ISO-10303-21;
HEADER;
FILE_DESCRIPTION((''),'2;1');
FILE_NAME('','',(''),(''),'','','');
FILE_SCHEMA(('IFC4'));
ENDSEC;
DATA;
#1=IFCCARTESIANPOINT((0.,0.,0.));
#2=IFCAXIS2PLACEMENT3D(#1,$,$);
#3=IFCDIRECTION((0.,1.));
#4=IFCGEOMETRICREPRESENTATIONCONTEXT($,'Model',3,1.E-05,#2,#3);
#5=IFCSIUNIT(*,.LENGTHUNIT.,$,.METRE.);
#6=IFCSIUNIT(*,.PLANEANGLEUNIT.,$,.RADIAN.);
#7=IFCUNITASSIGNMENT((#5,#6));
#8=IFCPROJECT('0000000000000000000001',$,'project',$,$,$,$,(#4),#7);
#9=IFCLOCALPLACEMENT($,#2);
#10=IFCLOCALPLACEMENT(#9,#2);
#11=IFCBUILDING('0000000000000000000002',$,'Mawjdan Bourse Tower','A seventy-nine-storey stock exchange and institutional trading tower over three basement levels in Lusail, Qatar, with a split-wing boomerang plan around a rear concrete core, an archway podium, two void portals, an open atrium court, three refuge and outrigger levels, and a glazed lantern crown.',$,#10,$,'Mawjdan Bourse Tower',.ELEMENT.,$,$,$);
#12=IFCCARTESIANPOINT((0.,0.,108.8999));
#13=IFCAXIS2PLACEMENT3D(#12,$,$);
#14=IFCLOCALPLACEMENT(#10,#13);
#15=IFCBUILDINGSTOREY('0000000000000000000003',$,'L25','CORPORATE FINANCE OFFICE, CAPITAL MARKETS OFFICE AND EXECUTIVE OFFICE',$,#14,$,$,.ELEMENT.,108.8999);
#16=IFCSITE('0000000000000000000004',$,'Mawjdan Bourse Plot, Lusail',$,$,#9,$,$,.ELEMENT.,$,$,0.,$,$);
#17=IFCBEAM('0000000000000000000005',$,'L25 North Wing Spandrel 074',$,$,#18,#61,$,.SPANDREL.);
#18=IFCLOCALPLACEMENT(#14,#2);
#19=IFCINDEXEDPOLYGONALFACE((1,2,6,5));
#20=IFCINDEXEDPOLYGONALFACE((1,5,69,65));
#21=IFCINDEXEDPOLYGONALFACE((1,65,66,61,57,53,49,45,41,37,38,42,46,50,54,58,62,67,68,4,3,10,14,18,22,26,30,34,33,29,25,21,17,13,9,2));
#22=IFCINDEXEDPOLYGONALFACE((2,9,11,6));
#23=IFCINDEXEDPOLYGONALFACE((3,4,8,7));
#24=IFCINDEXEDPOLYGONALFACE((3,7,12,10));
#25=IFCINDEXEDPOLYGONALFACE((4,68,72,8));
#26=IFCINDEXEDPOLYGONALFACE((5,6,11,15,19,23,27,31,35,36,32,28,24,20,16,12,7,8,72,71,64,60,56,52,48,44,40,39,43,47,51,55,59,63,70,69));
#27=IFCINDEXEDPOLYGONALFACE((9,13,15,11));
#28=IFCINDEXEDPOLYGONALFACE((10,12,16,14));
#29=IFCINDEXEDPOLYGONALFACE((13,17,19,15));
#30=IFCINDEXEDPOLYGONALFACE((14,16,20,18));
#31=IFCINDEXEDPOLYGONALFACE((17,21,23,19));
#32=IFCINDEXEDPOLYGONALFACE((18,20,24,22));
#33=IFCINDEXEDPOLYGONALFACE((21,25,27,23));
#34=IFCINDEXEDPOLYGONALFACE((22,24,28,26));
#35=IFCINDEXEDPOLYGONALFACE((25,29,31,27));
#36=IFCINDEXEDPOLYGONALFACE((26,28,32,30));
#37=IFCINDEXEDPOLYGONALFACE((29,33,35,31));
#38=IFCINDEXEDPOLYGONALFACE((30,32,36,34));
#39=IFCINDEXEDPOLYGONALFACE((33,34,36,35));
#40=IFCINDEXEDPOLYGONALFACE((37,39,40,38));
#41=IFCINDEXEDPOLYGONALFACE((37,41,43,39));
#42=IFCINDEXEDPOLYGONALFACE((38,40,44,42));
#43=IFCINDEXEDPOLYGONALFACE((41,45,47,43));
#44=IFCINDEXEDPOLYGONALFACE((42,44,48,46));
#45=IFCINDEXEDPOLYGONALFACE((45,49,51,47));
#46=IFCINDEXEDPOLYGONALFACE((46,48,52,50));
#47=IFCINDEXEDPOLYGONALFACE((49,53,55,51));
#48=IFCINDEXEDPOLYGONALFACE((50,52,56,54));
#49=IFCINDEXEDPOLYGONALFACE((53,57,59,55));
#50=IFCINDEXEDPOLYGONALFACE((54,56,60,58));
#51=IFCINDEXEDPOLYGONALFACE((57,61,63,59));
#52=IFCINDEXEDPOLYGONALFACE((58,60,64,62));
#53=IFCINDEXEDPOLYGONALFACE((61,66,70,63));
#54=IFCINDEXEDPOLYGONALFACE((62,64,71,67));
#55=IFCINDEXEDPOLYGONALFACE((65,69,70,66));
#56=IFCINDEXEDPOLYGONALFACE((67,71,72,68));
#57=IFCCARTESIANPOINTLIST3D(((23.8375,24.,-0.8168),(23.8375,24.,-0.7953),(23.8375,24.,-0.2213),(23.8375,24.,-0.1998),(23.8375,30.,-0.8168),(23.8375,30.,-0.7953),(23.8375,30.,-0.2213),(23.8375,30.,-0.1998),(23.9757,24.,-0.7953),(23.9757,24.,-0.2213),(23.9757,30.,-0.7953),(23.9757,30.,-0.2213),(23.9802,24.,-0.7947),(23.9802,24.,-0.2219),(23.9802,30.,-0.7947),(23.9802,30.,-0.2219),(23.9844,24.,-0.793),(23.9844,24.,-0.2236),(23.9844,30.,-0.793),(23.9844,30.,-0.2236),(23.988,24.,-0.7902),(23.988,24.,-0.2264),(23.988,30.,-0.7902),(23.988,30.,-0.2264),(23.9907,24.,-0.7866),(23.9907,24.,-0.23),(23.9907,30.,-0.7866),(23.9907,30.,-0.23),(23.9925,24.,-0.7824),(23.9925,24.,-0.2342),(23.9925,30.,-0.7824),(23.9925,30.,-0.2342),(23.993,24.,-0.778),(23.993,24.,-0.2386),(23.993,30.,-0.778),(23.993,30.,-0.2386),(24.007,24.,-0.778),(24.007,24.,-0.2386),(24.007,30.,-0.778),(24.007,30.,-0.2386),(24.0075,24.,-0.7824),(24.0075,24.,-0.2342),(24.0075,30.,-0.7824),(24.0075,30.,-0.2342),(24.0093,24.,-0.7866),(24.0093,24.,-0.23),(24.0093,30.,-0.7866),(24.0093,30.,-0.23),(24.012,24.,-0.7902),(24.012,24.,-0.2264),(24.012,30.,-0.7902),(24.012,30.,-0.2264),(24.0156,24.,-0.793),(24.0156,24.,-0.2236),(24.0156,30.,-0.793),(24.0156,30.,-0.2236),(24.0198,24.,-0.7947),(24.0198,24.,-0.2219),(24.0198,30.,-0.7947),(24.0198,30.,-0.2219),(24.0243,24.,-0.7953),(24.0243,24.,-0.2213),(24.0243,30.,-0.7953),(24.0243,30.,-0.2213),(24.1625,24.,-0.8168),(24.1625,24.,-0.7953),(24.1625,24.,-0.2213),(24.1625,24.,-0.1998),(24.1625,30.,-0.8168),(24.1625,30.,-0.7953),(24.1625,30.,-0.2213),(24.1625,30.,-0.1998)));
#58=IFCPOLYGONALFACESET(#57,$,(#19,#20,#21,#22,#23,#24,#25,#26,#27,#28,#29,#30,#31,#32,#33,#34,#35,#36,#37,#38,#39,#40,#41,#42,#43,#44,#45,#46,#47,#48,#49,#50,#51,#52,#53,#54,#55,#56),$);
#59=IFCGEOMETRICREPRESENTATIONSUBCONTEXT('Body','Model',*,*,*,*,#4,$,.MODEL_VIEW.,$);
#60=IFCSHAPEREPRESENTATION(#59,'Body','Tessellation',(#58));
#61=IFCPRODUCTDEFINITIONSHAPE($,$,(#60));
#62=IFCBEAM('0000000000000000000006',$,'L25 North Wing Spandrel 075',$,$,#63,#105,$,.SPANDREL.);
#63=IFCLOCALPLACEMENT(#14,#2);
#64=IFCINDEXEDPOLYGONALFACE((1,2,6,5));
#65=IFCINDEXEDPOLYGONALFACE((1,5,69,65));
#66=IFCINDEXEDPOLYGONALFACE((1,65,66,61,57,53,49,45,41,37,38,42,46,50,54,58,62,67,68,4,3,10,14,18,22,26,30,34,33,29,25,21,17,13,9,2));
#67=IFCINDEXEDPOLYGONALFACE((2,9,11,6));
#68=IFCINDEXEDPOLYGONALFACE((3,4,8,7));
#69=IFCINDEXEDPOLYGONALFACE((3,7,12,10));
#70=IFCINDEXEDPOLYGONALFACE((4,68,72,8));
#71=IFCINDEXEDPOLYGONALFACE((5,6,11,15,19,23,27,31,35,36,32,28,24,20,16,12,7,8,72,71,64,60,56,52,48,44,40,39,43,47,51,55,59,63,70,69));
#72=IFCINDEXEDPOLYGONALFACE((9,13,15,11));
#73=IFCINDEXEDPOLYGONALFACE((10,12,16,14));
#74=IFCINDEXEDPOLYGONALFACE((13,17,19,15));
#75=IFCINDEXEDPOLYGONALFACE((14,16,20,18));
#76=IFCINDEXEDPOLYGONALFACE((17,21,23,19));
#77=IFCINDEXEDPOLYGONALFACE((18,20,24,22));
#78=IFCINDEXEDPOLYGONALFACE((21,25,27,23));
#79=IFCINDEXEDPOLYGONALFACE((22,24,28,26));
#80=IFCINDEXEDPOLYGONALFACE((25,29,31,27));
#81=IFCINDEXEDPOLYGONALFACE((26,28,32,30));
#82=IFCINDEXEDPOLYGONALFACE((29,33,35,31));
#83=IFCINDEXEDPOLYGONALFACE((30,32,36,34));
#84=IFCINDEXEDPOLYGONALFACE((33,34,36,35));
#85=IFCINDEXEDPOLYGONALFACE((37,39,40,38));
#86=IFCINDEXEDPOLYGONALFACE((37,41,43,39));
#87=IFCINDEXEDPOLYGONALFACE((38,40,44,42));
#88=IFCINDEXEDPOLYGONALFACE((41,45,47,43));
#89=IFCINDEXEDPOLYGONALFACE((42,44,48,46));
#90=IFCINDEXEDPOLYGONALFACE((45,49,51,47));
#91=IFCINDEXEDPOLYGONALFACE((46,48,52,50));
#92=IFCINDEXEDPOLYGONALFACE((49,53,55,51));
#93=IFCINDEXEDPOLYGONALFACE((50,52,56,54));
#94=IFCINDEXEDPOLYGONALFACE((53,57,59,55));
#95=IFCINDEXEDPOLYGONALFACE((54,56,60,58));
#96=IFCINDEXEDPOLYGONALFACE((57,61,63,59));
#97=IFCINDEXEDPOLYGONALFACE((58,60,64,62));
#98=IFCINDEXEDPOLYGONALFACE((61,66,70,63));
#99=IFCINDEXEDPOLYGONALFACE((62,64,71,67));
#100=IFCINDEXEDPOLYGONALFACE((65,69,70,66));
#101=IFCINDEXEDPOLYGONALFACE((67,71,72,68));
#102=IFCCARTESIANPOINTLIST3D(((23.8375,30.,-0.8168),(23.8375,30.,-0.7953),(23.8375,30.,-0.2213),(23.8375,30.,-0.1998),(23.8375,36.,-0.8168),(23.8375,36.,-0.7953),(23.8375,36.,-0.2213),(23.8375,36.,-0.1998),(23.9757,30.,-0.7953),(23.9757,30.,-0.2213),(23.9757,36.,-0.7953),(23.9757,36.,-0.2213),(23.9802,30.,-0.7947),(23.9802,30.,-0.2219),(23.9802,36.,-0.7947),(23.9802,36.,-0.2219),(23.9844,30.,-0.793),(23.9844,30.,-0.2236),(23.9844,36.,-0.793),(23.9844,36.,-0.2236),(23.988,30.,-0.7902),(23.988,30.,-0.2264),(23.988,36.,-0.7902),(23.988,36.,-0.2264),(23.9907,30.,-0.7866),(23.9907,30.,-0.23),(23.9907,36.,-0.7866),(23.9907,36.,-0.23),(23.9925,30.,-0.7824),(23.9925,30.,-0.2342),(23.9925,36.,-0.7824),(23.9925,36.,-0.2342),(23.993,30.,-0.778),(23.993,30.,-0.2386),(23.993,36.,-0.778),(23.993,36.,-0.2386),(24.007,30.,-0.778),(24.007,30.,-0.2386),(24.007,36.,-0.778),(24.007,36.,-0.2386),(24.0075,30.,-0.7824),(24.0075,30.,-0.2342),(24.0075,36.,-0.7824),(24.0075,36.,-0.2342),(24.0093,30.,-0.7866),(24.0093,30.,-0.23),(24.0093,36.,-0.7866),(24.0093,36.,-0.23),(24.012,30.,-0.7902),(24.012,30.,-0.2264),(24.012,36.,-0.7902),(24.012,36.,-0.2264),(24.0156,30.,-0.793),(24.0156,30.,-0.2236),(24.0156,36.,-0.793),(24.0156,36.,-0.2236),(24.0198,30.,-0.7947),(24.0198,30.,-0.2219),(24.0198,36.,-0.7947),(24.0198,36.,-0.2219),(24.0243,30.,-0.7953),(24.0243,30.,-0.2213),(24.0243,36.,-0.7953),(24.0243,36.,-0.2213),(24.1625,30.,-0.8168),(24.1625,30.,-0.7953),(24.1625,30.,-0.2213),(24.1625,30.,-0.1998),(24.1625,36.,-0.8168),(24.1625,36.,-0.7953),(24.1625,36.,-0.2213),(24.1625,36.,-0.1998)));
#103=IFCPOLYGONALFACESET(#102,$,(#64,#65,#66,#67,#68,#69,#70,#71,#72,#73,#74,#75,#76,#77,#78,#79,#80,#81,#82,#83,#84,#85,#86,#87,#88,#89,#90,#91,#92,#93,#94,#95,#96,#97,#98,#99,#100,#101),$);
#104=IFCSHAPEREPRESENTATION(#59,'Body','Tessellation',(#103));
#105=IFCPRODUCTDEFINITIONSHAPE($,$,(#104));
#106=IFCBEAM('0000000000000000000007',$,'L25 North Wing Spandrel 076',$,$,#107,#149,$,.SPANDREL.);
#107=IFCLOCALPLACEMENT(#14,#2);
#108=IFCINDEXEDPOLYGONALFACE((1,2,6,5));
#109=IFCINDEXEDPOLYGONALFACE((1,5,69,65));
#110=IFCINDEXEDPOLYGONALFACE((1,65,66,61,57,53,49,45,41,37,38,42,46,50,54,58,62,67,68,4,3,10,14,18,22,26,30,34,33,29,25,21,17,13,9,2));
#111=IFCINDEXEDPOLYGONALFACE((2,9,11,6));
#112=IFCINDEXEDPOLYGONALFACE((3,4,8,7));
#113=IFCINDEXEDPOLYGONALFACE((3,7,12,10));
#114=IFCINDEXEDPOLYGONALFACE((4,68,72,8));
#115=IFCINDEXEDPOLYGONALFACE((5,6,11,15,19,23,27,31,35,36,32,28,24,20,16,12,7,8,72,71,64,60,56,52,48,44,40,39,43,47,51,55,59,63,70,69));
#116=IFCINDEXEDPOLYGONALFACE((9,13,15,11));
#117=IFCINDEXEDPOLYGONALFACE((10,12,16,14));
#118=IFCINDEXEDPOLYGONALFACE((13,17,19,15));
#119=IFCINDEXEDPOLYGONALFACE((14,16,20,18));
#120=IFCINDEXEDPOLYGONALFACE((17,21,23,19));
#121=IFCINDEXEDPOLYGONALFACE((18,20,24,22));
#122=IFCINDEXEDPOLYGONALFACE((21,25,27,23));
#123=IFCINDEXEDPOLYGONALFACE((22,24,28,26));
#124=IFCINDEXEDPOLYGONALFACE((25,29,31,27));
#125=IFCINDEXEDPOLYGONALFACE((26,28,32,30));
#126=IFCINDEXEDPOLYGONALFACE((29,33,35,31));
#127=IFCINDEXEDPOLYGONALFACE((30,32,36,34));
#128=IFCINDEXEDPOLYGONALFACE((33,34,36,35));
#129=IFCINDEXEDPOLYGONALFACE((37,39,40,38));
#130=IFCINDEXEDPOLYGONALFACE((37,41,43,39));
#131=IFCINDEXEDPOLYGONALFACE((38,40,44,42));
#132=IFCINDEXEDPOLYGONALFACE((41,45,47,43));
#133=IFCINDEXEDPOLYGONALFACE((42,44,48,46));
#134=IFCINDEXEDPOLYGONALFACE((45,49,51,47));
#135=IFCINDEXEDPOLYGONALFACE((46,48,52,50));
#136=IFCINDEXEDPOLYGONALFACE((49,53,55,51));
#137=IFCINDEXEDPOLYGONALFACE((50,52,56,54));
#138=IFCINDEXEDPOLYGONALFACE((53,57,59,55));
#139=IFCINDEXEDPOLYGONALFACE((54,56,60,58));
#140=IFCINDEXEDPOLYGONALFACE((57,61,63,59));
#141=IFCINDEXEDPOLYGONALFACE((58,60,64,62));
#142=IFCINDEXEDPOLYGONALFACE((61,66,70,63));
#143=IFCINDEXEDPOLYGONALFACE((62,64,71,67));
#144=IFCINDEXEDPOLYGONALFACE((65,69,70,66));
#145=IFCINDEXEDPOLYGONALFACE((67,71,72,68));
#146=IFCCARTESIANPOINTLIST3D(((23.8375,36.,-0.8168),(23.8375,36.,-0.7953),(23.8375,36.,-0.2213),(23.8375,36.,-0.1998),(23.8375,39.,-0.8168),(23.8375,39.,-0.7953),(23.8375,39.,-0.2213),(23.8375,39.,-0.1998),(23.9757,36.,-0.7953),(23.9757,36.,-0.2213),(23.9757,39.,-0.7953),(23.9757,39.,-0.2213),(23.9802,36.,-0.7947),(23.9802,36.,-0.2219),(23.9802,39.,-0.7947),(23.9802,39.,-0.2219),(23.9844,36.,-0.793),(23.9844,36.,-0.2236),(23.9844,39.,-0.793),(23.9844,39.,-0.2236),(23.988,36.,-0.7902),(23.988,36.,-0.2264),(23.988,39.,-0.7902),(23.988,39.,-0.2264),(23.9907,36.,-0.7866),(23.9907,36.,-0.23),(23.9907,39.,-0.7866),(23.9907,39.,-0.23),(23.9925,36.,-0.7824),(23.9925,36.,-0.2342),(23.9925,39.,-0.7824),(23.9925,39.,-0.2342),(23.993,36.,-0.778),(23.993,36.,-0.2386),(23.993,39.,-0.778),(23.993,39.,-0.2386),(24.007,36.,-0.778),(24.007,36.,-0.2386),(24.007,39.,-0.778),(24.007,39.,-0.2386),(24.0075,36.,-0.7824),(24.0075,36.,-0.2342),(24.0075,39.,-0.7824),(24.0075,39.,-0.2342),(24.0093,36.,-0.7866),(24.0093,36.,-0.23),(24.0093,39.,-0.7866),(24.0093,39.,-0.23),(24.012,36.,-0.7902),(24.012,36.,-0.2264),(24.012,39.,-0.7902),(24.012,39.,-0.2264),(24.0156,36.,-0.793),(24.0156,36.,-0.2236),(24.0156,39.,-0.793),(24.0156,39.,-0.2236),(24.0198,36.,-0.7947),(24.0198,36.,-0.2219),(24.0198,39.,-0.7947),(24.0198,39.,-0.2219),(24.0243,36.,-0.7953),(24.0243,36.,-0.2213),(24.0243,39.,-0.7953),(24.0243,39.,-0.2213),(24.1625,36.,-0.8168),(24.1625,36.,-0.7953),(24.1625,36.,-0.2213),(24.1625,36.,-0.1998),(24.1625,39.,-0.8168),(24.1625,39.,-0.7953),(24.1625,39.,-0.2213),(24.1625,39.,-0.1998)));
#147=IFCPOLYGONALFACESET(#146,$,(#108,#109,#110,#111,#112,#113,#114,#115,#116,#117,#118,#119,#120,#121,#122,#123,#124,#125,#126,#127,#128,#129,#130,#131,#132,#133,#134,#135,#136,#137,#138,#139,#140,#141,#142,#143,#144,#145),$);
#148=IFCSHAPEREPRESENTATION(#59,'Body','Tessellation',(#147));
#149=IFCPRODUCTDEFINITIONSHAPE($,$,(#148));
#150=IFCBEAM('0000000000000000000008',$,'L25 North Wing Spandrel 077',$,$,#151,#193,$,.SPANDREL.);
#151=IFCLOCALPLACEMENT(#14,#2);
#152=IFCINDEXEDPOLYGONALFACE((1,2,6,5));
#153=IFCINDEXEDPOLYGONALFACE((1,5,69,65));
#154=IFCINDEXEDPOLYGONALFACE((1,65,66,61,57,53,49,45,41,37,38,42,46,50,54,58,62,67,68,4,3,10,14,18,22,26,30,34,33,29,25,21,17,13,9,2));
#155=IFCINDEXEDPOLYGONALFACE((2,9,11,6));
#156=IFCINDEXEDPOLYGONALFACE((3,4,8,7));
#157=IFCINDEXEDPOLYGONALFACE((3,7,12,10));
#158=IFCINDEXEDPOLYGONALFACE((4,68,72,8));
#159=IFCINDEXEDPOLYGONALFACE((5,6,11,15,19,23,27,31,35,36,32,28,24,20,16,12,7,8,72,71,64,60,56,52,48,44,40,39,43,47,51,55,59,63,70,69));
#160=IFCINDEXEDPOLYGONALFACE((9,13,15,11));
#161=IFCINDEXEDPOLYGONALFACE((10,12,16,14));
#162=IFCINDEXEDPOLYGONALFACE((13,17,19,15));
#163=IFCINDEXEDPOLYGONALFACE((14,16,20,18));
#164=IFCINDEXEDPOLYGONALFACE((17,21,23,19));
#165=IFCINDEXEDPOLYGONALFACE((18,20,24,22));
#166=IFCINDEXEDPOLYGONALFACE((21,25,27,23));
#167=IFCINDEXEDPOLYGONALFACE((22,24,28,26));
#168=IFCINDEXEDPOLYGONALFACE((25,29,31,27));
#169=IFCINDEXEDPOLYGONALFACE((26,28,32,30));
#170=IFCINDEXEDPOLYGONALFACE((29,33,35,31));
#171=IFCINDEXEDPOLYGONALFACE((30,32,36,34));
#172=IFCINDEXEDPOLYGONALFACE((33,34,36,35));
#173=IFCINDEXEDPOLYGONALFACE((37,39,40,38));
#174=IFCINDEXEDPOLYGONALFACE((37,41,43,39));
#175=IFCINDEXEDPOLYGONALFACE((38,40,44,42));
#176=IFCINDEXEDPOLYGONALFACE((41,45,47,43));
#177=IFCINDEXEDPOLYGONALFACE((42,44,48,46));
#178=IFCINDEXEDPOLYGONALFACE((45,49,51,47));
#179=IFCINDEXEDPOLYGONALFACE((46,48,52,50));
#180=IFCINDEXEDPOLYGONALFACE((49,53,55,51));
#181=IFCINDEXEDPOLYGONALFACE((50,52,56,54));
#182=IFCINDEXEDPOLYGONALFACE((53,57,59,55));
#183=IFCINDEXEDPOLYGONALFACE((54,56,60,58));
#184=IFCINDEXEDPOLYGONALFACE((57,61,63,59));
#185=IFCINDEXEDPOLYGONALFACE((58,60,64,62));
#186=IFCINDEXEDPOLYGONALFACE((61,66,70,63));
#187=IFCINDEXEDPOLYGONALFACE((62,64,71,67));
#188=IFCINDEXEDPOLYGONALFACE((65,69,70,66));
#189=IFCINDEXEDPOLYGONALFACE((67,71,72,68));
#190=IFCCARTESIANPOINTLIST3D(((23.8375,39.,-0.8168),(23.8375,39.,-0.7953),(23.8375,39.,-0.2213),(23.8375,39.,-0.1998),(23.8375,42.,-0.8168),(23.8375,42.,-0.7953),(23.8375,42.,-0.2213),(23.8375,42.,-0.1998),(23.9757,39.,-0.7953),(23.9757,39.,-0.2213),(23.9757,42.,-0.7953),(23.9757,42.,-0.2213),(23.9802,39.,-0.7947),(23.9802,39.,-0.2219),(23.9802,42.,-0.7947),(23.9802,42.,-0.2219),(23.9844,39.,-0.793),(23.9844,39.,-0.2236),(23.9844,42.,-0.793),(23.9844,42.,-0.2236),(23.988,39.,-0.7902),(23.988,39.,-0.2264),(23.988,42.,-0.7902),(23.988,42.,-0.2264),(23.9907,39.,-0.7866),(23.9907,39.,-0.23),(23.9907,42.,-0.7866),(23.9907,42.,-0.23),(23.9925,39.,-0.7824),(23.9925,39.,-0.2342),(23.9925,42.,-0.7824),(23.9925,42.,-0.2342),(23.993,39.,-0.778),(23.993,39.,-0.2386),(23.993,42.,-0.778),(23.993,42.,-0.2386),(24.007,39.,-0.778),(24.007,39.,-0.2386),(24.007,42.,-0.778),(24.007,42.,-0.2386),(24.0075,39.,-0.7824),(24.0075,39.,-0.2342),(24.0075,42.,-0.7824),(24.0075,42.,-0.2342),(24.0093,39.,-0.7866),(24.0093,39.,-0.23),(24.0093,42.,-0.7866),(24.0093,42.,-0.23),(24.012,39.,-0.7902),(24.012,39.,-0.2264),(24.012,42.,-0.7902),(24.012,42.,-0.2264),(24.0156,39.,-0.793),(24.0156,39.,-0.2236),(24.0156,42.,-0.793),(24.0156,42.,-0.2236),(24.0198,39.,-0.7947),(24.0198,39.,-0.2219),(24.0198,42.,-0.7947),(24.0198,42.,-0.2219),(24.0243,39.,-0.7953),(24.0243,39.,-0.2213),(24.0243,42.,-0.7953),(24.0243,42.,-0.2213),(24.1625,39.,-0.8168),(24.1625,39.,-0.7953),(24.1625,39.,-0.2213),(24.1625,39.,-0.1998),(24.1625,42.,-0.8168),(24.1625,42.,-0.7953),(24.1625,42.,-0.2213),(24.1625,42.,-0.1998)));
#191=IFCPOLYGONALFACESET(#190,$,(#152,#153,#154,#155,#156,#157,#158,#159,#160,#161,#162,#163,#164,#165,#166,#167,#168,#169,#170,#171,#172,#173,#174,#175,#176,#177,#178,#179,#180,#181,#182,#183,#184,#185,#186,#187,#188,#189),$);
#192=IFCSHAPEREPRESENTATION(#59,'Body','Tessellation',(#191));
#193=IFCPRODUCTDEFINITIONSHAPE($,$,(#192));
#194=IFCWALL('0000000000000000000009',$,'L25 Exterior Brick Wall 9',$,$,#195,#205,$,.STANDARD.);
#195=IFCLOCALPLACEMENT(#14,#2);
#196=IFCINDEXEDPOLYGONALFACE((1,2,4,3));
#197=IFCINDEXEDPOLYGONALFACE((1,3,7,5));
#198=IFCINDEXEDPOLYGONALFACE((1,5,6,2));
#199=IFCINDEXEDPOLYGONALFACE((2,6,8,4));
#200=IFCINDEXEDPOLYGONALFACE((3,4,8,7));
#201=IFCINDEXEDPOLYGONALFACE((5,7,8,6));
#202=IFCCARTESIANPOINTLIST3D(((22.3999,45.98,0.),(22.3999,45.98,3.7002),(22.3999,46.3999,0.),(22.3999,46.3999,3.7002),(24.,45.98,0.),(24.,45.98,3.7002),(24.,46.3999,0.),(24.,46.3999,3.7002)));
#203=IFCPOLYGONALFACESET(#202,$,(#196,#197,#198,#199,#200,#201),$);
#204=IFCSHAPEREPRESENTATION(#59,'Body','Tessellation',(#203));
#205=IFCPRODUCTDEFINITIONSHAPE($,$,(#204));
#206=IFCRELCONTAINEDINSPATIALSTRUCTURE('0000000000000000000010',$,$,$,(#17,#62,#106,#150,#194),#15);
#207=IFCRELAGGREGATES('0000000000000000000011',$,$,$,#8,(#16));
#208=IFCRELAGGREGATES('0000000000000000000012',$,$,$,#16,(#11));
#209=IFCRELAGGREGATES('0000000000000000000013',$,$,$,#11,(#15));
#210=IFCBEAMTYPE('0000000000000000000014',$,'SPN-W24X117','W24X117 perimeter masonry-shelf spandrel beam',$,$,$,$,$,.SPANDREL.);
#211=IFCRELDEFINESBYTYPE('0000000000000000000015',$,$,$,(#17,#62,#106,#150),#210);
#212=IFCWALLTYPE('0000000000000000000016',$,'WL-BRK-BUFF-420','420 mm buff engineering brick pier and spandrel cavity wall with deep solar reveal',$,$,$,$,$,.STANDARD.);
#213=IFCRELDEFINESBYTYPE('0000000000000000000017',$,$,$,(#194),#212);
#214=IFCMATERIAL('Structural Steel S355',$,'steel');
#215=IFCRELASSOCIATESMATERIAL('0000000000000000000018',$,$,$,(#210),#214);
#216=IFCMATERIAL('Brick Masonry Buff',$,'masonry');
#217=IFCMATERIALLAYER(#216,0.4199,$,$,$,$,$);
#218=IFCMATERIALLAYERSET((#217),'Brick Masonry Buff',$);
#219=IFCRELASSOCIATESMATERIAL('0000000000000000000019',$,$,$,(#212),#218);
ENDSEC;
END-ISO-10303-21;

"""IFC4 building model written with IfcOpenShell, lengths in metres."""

from ifc_helpers import new_model, si_unit, direction, frame, frame_2d, origin, origin_2d, place, context, subcontext, project, spatial, rectangle, i_section, extrude, material, layer, layer_set, material_profile, profile_set, type_object, element, save


model = new_model("IFC4")

# Units and contexts
model_context = context("Model", 3, precision=1e-05, world=origin(), true_north=direction((0.0, 1.0)))
body_context = subcontext(model_context, "Body", "Model", "MODEL_VIEW")
ifc_project = project(units=[si_unit("LENGTHUNIT", "METRE"), si_unit("PLANEANGLEUNIT", "RADIAN")], contexts=[model_context])

# Site, building, storey
site_placement = place(None, origin())
site = spatial("IfcSite", under=ifc_project, at=site_placement, Name="Mawjdan Bourse Plot, Lusail", CompositionType="ELEMENT", RefElevation=0.0)
building_placement = place(site_placement, origin())
building = spatial("IfcBuilding", under=site, at=building_placement, Name="Mawjdan Bourse Tower", Description="A seventy-nine-storey stock exchange and institutional trading tower over three basement levels in Lusail, Qatar, with a split-wing boomerang plan around a rear concrete core, an archway podium, two void portals, an open atrium court, three refuge and outrigger levels, and a glazed lantern crown.", LongName="Mawjdan Bourse Tower", CompositionType="ELEMENT")
storey_placement = place(building_placement, frame((0.0, 0.0, 108.8999)))
storey = spatial("IfcBuildingStorey", under=building, at=storey_placement, Name="L25", Description="CORPORATE FINANCE OFFICE, CAPITAL MARKETS OFFICE AND EXECUTIVE OFFICE", CompositionType="ELEMENT", Elevation=108.8999)

# Beams
ifc_material_1 = material(Name="Structural Steel S355", Category="steel")
ifc_material_profile_1 = material_profile(ifc_material_1, i_section(OverallWidth=0.325, OverallDepth=0.6169, WebThickness=0.0139, FlangeThickness=0.0215, FilletRadius=0.0173, at=origin_2d()), Name="W24X117")
ifc_profile_set_1 = profile_set([ifc_material_profile_1], Name="Structural Steel S355")
beam_type_1 = type_object("IfcBeamType", Name="SPN-W24X117", Description="W24X117 perimeter masonry-shelf spandrel beam", PredefinedType="SPANDREL", material=ifc_profile_set_1)
for number, where, z_axis, x_axis, name in (
    (1, (24.0, 24.0, -0.5083), (0.0, 1.0, 0.0), (-1.0, 0.0, 0.0), "L25 North Wing Spandrel 074"),
    (2, (24.0, 30.0, -0.5083), (0.0, 1.0, 0.0), (-1.0, 0.0, 0.0), "L25 North Wing Spandrel 075"),
):
    element("IfcBeam", number, at=place(storey_placement, frame(where, z_axis=z_axis, x_axis=x_axis)), inside=storey, type_object=beam_type_1, Name=name, PredefinedType="SPANDREL", context=body_context, shape_type="SweptSolid", body=[
        extrude(i_section(OverallWidth=0.325, OverallDepth=0.6169, WebThickness=0.0139, FlangeThickness=0.0215, FilletRadius=0.0173, at=origin_2d()), origin(), (0.0, 0.0, 1.0), 6.0),
    ])
for number, where, z_axis, x_axis, name in (
    (3, (24.0, 36.0, -0.5083), (0.0, 1.0, 0.0), (-1.0, 0.0, 0.0), "L25 North Wing Spandrel 076"),
    (4, (24.0, 39.0, -0.5083), (0.0, 1.0, 0.0), (-1.0, 0.0, 0.0), "L25 North Wing Spandrel 077"),
):
    element("IfcBeam", number, at=place(storey_placement, frame(where, z_axis=z_axis, x_axis=x_axis)), inside=storey, type_object=beam_type_1, Name=name, PredefinedType="SPANDREL", context=body_context, shape_type="SweptSolid", body=[
        extrude(i_section(OverallWidth=0.325, OverallDepth=0.6169, WebThickness=0.0139, FlangeThickness=0.0215, FilletRadius=0.0173, at=origin_2d()), origin(), (0.0, 0.0, 1.0), 3.0),
    ])

# Wall
ifc_material_2 = material(Name="Brick Masonry Buff", Category="masonry")
ifc_layer_1 = layer(ifc_material_2, 0.4199)
ifc_layer_set_1 = layer_set([ifc_layer_1], Name="Brick Masonry Buff")
wall_type_1 = type_object("IfcWallType", Name="WL-BRK-BUFF-420", Description="420 mm buff engineering brick pier and spandrel cavity wall with deep solar reveal", PredefinedType="STANDARD", material=ifc_layer_set_1)
for number, where, z_axis, x_axis, name in (
    (5, (24.0, 46.1899, 0.0), (0.0, 0.0, 1.0), (-1.0, 0.0, 0.0), "L25 Exterior Brick Wall 9"),
):
    element("IfcWall", number, at=place(storey_placement, frame(where, z_axis=z_axis, x_axis=x_axis)), inside=storey, type_object=wall_type_1, Name=name, PredefinedType="STANDARD", context=body_context, shape_type="SweptSolid", body=[
        extrude(rectangle(XDim=1.6001, YDim=0.4199, at=frame_2d((0.8, 0.0))), origin(), (0.0, 0.0, 1.0), 3.7002),
    ])

save(model, "model.ifc")
